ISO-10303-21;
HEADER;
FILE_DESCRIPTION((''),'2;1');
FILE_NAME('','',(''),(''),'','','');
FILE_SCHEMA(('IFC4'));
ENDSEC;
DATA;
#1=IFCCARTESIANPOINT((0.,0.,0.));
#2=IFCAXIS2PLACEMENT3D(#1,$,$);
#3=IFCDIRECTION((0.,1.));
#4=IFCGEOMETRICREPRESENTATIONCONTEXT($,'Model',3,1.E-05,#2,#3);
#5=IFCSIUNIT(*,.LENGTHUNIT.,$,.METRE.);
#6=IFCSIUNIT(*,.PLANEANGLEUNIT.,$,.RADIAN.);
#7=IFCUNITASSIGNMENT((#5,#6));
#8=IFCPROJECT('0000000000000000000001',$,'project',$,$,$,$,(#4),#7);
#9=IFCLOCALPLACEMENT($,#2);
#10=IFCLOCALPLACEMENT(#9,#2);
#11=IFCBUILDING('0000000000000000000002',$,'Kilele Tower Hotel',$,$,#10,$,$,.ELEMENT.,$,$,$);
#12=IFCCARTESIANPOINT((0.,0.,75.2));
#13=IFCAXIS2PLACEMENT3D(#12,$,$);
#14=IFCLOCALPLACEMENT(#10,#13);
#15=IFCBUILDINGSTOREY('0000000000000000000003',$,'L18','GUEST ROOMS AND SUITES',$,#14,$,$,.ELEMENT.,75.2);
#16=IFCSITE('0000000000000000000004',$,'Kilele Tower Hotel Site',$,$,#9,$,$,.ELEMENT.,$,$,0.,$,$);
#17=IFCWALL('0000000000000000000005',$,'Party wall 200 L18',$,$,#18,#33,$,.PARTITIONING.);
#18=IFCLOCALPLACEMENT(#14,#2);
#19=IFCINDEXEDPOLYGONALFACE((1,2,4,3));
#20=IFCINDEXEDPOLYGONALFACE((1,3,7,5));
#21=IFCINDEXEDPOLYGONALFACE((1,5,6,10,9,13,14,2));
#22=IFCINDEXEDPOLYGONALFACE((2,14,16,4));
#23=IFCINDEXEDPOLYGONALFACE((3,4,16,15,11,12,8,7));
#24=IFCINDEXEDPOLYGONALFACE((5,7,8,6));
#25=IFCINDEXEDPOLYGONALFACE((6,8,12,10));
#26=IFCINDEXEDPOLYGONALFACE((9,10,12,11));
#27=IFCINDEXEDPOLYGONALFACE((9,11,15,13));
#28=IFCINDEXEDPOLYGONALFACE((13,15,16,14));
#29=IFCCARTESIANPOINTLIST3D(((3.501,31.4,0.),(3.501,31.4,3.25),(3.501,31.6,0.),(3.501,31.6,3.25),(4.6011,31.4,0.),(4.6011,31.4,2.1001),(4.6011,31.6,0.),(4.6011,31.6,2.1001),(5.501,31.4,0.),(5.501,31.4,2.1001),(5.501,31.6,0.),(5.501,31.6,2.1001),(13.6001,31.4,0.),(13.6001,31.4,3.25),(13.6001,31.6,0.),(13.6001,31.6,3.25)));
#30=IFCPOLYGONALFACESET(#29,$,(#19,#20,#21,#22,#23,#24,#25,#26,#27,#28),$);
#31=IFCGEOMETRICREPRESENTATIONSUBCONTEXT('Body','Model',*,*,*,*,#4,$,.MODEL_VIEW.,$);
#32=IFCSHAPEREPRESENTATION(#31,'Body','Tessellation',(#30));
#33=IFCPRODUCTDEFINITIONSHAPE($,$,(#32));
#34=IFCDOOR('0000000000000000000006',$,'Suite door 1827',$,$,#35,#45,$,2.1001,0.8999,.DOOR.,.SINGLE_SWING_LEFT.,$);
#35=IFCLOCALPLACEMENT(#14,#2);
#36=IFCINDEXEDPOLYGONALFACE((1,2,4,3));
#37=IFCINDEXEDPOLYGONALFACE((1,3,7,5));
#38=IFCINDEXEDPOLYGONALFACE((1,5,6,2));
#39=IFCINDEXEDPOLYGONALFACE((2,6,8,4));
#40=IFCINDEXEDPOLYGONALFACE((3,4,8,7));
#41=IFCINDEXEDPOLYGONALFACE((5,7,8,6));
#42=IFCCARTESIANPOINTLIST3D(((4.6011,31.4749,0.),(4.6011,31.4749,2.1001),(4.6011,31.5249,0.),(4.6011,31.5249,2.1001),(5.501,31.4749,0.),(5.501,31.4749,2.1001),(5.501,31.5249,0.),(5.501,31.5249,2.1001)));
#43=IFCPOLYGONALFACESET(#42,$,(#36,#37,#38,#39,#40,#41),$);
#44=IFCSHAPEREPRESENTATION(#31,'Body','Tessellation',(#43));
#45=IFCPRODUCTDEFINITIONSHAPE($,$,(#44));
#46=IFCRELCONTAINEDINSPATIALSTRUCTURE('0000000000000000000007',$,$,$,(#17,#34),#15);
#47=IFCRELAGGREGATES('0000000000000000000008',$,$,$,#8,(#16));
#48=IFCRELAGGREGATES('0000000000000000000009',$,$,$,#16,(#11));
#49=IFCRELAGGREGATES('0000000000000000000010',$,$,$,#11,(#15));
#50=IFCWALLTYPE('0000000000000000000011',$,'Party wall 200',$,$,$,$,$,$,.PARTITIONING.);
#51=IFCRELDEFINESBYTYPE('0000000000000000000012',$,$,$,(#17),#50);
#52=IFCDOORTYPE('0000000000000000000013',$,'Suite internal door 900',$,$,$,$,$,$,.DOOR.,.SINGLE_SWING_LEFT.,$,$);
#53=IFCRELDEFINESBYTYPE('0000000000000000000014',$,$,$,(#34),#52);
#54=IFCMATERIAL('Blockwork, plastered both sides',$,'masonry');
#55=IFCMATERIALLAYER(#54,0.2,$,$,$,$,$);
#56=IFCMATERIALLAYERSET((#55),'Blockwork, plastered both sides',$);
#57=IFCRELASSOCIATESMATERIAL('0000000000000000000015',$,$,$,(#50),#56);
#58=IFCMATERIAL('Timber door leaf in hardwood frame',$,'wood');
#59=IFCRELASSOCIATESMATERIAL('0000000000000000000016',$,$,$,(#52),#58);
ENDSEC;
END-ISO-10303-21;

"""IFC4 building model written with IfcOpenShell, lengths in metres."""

from ifc_helpers import new_model, si_unit, direction, frame, frame_2d, origin, place, context, subcontext, project, spatial, rectangle, extrude, material, layer, layer_set, type_object, element, fill, save


model = new_model("IFC4")

# Units and contexts
model_context = context("Model", 3, precision=1e-05, world=origin(), true_north=direction((0.0, 1.0)))
body_context = subcontext(model_context, "Body", "Model", "MODEL_VIEW")
ifc_project = project(units=[si_unit("LENGTHUNIT", "METRE"), si_unit("PLANEANGLEUNIT", "RADIAN")], contexts=[model_context])

# Site, building, storey
site_placement = place(None, origin())
site = spatial("IfcSite", under=ifc_project, at=site_placement, Name="Kilele Tower Hotel Site", CompositionType="ELEMENT", RefElevation=0.0)
building_placement = place(site_placement, origin())
building = spatial("IfcBuilding", under=site, at=building_placement, Name="Kilele Tower Hotel", CompositionType="ELEMENT")
storey_placement = place(building_placement, frame((0.0, 0.0, 75.2)))
storey = spatial("IfcBuildingStorey", under=building, at=storey_placement, Name="L18", Description="GUEST ROOMS AND SUITES", CompositionType="ELEMENT", Elevation=75.2)

# Wall, opening, door
ifc_material_1 = material(Name="Blockwork, plastered both sides", Category="masonry")
ifc_layer_1 = layer(ifc_material_1, 0.2)
ifc_layer_set_1 = layer_set([ifc_layer_1], Name="Blockwork, plastered both sides")
wall_type_1 = type_object("IfcWallType", Name="Party wall 200", PredefinedType="PARTITIONING", material=ifc_layer_set_1)
wall_1_placement = place(storey_placement, frame((13.6001, 31.5, 0.0), z_axis=(0.0, 0.0, 1.0), x_axis=(-1.0, 0.0, 0.0)))
wall_1 = element("IfcWall", 1, at=wall_1_placement, inside=storey, type_object=wall_type_1, Name="Party wall 200 L18", PredefinedType="PARTITIONING", context=body_context, shape_type="SweptSolid", body=[
    extrude(rectangle(XDim=10.0991, YDim=0.2, at=frame_2d((5.0496, 0.0))), origin(), (0.0, 0.0, 1.0), 3.25),
])
opening_1_placement = place(wall_1_placement, frame((8.999, 0.0, 0.0), z_axis=(0.0, 0.0, 1.0), x_axis=(-1.0, 0.0, 0.0)))
opening_1 = element("IfcOpeningElement", 2, at=opening_1_placement, cuts=wall_1, PredefinedType="OPENING", context=body_context, shape_type="SweptSolid", body=[
    extrude(rectangle(XDim=0.8999, YDim=2.1001, at=frame_2d((0.45, 1.05))), frame((0.0, 0.1099, 0.0), z_axis=(0.0, -1.0, 0.0), x_axis=(1.0, 0.0, 0.0)), (0.0, 0.0, 1.0), 0.22),
])
ifc_material_2 = material(Name="Timber door leaf in hardwood frame", Category="wood")
door_type_1 = type_object("IfcDoorType", Name="Suite internal door 900", OperationType="SINGLE_SWING_LEFT", PredefinedType="DOOR", material=ifc_material_2)
door_1_placement = place(opening_1_placement, origin())
door_1 = element("IfcDoor", 3, at=door_1_placement, inside=storey, type_object=door_type_1, Name="Suite door 1827", OperationType="SINGLE_SWING_LEFT", OverallHeight=2.1001, OverallWidth=0.8999, PredefinedType="DOOR", context=body_context, shape_type="SweptSolid", body=[
    extrude(rectangle(XDim=0.8999, YDim=2.1001, at=frame_2d((0.45, 1.05))), frame((0.0, 0.0249, 0.0), z_axis=(0.0, -1.0, 0.0), x_axis=(1.0, 0.0, 0.0)), (0.0, 0.0, 1.0), 0.05),
])
fill(opening_1, door_1)

save(model, "model.ifc")
